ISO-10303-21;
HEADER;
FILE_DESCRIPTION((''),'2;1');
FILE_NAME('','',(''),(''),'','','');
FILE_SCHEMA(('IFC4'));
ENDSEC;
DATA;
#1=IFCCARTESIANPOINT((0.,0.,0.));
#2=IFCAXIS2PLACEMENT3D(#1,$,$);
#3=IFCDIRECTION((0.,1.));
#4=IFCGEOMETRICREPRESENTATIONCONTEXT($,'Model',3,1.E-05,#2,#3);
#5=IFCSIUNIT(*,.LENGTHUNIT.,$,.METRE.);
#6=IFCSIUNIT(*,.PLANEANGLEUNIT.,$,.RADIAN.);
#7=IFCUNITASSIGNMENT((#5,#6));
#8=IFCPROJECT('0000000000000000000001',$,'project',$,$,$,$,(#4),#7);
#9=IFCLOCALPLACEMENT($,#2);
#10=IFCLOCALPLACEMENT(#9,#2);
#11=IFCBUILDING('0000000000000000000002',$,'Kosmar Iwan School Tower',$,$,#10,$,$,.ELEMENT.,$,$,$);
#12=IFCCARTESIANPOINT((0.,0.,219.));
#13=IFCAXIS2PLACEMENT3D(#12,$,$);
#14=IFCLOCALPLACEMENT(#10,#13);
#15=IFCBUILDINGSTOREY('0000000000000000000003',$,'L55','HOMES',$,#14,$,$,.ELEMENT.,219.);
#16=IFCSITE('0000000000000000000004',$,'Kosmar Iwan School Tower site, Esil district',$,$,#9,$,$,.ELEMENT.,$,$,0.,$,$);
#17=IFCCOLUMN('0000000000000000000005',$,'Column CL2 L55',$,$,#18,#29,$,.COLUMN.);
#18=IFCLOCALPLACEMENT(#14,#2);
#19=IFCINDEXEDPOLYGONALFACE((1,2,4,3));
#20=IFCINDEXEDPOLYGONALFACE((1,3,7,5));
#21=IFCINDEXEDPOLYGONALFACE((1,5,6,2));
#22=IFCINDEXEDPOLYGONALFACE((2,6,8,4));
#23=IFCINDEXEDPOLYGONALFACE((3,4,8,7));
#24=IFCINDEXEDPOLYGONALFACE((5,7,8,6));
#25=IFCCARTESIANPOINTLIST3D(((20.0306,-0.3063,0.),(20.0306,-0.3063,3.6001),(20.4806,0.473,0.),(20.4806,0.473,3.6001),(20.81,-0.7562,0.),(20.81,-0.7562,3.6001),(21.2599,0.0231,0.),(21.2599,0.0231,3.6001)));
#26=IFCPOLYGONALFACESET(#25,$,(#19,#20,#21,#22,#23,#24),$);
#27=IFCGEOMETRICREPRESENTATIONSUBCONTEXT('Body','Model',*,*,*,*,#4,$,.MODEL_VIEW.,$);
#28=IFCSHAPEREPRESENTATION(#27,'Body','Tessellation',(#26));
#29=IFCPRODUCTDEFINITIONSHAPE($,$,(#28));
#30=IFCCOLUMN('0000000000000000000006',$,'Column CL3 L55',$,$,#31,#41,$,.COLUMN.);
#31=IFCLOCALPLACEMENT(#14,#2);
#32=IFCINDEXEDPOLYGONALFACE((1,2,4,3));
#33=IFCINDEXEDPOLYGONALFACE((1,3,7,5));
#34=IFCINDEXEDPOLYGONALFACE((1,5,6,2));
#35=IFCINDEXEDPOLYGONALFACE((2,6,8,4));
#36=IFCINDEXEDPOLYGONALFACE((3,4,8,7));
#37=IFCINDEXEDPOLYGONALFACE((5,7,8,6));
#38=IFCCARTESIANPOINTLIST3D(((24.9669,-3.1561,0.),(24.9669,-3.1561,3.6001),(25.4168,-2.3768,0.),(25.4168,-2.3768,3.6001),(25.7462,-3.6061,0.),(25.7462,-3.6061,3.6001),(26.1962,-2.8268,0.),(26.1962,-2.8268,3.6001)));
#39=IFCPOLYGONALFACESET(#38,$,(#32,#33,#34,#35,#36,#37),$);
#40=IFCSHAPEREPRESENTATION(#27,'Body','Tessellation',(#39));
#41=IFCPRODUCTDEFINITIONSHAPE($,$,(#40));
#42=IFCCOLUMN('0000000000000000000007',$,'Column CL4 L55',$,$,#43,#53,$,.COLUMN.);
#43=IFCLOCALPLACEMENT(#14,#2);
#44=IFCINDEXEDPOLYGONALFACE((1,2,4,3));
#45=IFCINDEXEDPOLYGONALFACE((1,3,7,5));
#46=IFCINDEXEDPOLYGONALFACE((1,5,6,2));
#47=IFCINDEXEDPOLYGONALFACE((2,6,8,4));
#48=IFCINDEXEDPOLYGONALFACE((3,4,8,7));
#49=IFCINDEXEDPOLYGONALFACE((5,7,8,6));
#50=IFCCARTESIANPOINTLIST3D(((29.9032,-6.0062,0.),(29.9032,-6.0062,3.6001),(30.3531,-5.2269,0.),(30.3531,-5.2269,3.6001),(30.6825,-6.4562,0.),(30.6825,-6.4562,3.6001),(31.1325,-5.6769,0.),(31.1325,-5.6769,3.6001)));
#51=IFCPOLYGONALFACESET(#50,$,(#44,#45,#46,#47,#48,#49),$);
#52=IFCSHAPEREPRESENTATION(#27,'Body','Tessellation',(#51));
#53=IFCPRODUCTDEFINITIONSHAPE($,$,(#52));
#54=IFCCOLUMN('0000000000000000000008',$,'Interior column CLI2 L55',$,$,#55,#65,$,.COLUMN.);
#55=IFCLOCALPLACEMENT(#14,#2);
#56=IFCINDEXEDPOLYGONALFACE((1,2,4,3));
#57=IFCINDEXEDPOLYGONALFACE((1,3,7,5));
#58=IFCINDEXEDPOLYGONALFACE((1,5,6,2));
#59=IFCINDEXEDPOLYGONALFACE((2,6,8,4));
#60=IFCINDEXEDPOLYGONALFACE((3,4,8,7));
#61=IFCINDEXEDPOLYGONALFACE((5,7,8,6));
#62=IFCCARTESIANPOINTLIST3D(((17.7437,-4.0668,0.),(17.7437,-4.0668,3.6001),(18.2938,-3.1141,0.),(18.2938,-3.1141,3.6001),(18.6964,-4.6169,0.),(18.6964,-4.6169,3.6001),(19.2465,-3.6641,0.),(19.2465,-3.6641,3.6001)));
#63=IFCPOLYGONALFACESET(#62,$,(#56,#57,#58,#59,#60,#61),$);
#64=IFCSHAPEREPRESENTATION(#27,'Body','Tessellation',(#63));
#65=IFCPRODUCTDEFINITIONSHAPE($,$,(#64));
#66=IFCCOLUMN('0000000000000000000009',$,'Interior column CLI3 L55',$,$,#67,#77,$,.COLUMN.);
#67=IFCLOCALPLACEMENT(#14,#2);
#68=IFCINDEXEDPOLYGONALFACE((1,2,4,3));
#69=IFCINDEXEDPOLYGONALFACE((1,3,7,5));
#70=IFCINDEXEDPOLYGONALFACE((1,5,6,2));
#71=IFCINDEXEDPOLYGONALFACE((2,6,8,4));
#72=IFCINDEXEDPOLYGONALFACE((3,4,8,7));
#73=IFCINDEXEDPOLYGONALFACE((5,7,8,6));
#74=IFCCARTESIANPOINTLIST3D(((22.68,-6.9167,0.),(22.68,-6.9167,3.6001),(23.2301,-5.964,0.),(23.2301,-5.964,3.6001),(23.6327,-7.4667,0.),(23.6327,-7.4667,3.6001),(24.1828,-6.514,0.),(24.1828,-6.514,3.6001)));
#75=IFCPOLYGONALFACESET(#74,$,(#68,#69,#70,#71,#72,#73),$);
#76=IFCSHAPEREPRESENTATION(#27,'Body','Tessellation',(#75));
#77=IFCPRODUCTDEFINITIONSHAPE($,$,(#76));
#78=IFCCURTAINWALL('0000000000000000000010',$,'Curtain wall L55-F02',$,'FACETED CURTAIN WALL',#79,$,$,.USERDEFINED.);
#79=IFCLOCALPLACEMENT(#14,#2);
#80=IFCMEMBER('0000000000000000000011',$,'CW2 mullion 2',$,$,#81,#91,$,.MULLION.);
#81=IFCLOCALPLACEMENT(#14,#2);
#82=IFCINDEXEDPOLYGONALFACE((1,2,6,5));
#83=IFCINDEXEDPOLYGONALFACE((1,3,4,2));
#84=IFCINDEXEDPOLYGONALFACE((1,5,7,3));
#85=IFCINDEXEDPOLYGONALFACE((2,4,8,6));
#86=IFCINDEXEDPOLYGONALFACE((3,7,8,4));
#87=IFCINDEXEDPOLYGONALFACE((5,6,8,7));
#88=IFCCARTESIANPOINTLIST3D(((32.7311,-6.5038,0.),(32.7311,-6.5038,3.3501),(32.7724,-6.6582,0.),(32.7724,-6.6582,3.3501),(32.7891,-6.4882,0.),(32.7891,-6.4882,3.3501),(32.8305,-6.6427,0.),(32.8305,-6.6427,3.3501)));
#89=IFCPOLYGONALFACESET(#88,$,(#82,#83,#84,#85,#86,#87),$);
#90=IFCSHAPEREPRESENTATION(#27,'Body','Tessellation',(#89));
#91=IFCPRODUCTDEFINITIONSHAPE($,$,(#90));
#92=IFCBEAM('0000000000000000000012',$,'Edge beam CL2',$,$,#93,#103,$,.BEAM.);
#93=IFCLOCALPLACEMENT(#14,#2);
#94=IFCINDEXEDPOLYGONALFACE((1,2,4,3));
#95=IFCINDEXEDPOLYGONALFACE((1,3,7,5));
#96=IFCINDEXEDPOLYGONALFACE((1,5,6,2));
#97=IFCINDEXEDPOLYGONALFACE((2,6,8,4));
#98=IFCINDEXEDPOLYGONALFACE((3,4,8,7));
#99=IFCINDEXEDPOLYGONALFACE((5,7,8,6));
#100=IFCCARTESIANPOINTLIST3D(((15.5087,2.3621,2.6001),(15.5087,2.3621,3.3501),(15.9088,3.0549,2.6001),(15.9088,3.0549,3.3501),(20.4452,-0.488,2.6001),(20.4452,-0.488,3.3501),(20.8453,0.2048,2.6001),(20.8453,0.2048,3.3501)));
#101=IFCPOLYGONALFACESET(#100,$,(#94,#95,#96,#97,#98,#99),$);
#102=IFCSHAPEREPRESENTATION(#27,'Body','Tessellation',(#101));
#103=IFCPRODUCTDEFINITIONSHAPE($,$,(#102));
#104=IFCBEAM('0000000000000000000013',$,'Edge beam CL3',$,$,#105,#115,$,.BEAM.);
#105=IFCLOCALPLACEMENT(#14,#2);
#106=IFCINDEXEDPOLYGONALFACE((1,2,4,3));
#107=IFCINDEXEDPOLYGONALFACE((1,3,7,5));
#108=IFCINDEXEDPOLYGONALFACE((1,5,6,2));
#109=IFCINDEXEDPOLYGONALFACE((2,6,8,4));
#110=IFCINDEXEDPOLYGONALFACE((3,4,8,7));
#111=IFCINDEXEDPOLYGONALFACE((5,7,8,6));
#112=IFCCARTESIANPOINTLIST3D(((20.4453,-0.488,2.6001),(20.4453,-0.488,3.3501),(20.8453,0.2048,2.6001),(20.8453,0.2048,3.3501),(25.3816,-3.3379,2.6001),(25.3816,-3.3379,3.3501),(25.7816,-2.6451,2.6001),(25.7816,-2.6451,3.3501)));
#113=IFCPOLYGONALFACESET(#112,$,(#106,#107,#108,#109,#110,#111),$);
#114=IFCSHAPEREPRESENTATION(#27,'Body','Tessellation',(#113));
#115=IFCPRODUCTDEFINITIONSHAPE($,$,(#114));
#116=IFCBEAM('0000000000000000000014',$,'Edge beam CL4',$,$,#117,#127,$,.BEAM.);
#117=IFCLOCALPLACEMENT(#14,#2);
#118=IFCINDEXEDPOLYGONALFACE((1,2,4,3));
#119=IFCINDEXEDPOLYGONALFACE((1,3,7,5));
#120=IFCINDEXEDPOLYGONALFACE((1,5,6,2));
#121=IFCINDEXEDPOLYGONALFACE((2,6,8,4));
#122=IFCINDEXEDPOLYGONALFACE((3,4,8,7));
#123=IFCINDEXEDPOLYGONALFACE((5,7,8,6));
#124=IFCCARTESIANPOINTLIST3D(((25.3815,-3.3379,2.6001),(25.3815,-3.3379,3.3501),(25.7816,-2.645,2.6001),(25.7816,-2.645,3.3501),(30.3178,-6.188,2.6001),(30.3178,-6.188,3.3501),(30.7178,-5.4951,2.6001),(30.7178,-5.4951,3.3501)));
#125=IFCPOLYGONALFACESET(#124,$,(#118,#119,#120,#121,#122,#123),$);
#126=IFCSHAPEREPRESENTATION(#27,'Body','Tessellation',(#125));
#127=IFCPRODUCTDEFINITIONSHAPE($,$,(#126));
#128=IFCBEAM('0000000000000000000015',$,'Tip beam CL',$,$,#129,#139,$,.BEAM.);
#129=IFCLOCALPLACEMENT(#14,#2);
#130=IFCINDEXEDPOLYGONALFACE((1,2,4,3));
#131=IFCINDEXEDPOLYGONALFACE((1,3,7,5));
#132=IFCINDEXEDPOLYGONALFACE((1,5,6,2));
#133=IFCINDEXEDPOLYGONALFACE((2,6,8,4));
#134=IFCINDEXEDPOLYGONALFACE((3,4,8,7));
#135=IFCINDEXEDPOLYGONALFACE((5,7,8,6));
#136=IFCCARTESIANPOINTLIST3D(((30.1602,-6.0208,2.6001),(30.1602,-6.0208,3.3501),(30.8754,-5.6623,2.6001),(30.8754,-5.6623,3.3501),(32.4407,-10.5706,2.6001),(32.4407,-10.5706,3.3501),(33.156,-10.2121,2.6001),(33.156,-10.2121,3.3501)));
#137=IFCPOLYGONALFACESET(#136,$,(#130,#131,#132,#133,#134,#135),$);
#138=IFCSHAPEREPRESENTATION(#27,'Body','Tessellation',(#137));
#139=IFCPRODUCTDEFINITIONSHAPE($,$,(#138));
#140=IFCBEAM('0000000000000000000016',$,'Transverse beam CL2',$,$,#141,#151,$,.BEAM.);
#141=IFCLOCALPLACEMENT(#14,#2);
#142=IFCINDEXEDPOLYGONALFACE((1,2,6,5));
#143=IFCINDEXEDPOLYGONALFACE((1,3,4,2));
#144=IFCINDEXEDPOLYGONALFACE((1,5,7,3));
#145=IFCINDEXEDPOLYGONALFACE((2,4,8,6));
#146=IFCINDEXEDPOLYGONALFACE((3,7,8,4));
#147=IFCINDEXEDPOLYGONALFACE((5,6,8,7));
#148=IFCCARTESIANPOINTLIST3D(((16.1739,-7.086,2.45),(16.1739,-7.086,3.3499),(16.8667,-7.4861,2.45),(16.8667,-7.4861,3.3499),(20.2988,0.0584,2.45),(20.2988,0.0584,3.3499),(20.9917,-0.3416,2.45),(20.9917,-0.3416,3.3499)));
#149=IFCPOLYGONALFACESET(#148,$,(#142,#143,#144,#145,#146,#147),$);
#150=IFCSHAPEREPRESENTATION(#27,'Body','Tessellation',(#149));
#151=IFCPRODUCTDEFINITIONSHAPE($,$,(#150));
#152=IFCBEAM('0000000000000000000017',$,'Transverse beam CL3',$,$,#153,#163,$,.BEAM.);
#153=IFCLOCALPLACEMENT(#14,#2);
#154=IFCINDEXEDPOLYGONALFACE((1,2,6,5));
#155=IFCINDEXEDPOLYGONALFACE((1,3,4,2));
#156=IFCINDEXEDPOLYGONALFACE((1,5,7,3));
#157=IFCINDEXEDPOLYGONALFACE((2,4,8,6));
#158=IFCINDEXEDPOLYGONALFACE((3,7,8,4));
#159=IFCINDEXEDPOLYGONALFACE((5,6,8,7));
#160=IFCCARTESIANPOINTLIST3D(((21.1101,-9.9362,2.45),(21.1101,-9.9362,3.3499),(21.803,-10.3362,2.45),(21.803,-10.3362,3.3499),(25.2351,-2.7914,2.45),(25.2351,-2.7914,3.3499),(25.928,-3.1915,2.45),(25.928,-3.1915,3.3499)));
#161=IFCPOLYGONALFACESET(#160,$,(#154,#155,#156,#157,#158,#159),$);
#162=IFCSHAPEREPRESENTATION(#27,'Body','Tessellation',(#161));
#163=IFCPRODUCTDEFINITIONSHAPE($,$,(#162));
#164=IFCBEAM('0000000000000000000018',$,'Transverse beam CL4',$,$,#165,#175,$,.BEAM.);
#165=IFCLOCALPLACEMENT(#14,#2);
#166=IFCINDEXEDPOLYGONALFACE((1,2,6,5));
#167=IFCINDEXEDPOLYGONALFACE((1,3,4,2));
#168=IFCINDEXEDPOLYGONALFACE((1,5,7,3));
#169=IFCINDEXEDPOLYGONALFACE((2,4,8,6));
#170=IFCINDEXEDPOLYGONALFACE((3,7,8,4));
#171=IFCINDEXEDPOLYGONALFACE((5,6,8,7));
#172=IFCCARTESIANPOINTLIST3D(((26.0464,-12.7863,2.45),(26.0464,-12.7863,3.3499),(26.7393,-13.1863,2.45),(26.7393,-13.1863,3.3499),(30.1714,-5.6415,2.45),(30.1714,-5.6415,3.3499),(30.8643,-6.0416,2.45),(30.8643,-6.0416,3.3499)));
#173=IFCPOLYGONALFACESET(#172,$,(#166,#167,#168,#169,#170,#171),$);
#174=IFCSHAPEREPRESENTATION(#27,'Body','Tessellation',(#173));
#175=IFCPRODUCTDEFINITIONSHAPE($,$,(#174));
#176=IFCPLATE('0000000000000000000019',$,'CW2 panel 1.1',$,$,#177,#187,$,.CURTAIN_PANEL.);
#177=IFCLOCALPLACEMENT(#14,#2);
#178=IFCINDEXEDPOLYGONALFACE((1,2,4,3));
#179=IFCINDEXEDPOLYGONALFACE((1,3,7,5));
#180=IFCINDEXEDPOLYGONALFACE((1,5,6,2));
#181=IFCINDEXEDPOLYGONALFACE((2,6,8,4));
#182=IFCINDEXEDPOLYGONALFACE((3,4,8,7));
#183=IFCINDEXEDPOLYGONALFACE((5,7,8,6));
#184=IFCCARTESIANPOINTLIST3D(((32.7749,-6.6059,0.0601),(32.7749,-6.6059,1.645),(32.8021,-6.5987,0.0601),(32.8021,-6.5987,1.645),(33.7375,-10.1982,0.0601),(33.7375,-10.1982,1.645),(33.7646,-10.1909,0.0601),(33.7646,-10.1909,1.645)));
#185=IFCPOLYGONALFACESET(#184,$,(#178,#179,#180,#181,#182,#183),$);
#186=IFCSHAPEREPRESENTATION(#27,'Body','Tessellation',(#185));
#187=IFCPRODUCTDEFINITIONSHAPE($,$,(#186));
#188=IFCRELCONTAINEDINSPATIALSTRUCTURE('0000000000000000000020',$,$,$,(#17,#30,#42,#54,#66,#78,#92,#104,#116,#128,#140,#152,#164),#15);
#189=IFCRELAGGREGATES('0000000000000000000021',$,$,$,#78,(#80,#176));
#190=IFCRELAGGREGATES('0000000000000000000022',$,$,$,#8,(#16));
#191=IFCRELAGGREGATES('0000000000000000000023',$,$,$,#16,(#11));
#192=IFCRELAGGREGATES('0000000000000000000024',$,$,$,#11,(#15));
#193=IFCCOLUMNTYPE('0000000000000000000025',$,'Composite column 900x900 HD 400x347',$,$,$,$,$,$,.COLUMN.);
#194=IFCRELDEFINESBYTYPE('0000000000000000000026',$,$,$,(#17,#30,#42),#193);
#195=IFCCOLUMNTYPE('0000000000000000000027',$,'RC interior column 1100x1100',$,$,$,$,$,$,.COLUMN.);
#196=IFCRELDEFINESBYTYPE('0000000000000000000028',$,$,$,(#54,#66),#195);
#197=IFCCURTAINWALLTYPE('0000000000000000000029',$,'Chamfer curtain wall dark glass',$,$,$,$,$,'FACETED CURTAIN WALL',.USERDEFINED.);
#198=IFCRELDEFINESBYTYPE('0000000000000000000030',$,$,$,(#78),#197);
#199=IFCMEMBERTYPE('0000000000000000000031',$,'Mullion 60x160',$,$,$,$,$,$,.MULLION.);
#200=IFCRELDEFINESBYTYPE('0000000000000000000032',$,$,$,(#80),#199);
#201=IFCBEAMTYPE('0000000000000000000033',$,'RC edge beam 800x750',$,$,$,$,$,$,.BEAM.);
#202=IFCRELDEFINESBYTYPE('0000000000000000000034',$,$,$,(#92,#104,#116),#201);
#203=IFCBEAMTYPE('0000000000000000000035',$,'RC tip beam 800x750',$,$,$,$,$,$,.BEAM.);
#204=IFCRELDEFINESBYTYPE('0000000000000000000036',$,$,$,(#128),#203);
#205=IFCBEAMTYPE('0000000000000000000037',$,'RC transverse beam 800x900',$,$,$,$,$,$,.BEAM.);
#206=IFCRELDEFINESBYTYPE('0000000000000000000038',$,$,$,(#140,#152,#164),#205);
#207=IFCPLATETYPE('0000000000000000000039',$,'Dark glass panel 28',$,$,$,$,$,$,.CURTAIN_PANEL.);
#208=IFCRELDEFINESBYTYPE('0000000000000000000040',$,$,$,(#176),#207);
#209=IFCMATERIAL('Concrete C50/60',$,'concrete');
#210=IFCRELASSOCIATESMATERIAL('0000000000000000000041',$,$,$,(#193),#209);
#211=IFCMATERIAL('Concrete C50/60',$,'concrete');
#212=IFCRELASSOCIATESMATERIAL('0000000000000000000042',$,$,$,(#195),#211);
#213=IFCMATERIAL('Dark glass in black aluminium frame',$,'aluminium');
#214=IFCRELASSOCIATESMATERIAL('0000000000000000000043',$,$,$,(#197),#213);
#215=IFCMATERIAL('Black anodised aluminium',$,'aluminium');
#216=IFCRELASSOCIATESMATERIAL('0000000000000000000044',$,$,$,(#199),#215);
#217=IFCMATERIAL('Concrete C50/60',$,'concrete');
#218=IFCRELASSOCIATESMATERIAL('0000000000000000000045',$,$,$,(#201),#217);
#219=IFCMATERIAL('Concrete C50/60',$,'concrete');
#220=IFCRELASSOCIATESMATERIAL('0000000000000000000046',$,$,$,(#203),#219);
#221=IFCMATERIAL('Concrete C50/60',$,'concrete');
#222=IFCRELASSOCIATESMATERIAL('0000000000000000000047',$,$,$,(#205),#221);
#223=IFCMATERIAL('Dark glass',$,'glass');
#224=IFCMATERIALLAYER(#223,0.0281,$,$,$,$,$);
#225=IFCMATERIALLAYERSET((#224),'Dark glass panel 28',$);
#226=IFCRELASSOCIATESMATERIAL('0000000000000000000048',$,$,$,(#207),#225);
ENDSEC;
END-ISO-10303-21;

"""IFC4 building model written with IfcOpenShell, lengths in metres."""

from ifc_helpers import new_model, si_unit, direction, frame, origin, origin_2d, place, context, subcontext, project, spatial, rectangle, extrude, material, layer, layer_set, material_profile, profile_set, type_object, element, aggregate, save


model = new_model("IFC4")

# Units and contexts
model_context = context("Model", 3, precision=1e-05, world=origin(), true_north=direction((0.0, 1.0)))
body_context = subcontext(model_context, "Body", "Model", "MODEL_VIEW")
ifc_project = project(units=[si_unit("LENGTHUNIT", "METRE"), si_unit("PLANEANGLEUNIT", "RADIAN")], contexts=[model_context])

# Site, building, storey
site_placement = place(None, origin())
site = spatial("IfcSite", under=ifc_project, at=site_placement, Name="Kosmar Iwan School Tower site, Esil district", CompositionType="ELEMENT", RefElevation=0.0)
building_placement = place(site_placement, origin())
building = spatial("IfcBuilding", under=site, at=building_placement, Name="Kosmar Iwan School Tower", CompositionType="ELEMENT")
storey_placement = place(building_placement, frame((0.0, 0.0, 219.0)))
storey = spatial("IfcBuildingStorey", under=building, at=storey_placement, Name="L55", Description="HOMES", CompositionType="ELEMENT", Elevation=219.0)

# Columns
ifc_material_1 = material(Name="Concrete C50/60", Category="concrete")
ifc_material_profile_1 = material_profile(ifc_material_1, rectangle(XDim=0.8999, YDim=0.8999, at=origin_2d()), Name="RC 900x900 + HD 400x347")
ifc_profile_set_1 = profile_set([ifc_material_profile_1], Name="Concrete C50/60")
column_type_1 = type_object("IfcColumnType", Name="Composite column 900x900 HD 400x347", PredefinedType="COLUMN", material=ifc_profile_set_1)
for number, where, z_axis, x_axis, name in (
    (1, (20.6453, -0.1416, 0.0), (0.0, 0.0, 1.0), (0.866025, -0.5, 0.0), "Column CL2 L55"),
    (2, (25.5815, -2.9915, 0.0), (0.0, 0.0, 1.0), (0.866025, -0.5, 0.0), "Column CL3 L55"),
    (3, (30.5178, -5.8416, 0.0), (0.0, 0.0, 1.0), (0.866025, -0.5, 0.0), "Column CL4 L55"),
):
    element("IfcColumn", number, at=place(storey_placement, frame(where, z_axis=z_axis, x_axis=x_axis)), inside=storey, type_object=column_type_1, Name=name, PredefinedType="COLUMN", context=body_context, shape_type="SweptSolid", body=[
        extrude(rectangle(XDim=0.8999, YDim=0.8999, at=origin_2d()), origin(), (0.0, 0.0, 1.0), 3.6001),
    ])
ifc_material_2 = material(Name="Concrete C50/60", Category="concrete")
ifc_material_profile_2 = material_profile(ifc_material_2, rectangle(XDim=1.1001, YDim=1.1001, at=origin_2d()), Name="RC 1100x1100")
ifc_profile_set_2 = profile_set([ifc_material_profile_2], Name="Concrete C50/60")
column_type_2 = type_object("IfcColumnType", Name="RC interior column 1100x1100", PredefinedType="COLUMN", material=ifc_profile_set_2)
for number, where, z_axis, x_axis, name in (
    (4, (18.4951, -3.8655, 0.0), (0.0, 0.0, 1.0), (0.866025, -0.5, 0.0), "Interior column CLI2 L55"),
    (5, (23.4314, -6.7153, 0.0), (0.0, 0.0, 1.0), (0.866025, -0.5, 0.0), "Interior column CLI3 L55"),
):
    element("IfcColumn", number, at=place(storey_placement, frame(where, z_axis=z_axis, x_axis=x_axis)), inside=storey, type_object=column_type_2, Name=name, PredefinedType="COLUMN", context=body_context, shape_type="SweptSolid", body=[
        extrude(rectangle(XDim=1.1001, YDim=1.1001, at=origin_2d()), origin(), (0.0, 0.0, 1.0), 3.6001),
    ])

# Curtain wall, member
ifc_material_3 = material(Name="Dark glass in black aluminium frame", Category="aluminium")
curtain_wall_type = type_object("IfcCurtainWallType", Name="Chamfer curtain wall dark glass", ElementType="FACETED CURTAIN WALL", PredefinedType="USERDEFINED", material=ifc_material_3)
curtain_wall_placement = place(storey_placement, origin())
curtain_wall = element("IfcCurtainWall", 6, at=curtain_wall_placement, inside=storey, type_object=curtain_wall_type, Name="Curtain wall L55-F02", ObjectType="FACETED CURTAIN WALL", PredefinedType="USERDEFINED")
ifc_material_4 = material(Name="Black anodised aluminium", Category="aluminium")
ifc_material_profile_3 = material_profile(ifc_material_4, rectangle(XDim=0.0601, YDim=0.1599, at=origin_2d()), Name="MULLION 60x160")
ifc_profile_set_3 = profile_set([ifc_material_profile_3], Name="Black anodised aluminium")
member_type = type_object("IfcMemberType", Name="Mullion 60x160", PredefinedType="MULLION", material=ifc_profile_set_3)
member_placement = place(storey_placement, frame((32.7808, -6.5732, 0.0), z_axis=(0.0, 0.0, 1.0), x_axis=(-0.965926, -0.258819, 0.0)))
member = element("IfcMember", 7, at=member_placement, type_object=member_type, Name="CW2 mullion 2", PredefinedType="MULLION", context=body_context, shape_type="SweptSolid", body=[
    extrude(rectangle(XDim=0.0601, YDim=0.1599, at=origin_2d()), origin(), (0.0, 0.0, 1.0), 3.3501),
])

# Beams
ifc_material_5 = material(Name="Concrete C50/60", Category="concrete")
ifc_material_profile_4 = material_profile(ifc_material_5, rectangle(XDim=0.8, YDim=0.75, at=origin_2d()), Name="RC 800x750")
ifc_profile_set_4 = profile_set([ifc_material_profile_4], Name="Concrete C50/60")
beam_type_1 = type_object("IfcBeamType", Name="RC edge beam 800x750", PredefinedType="BEAM", material=ifc_profile_set_4)
beam_1_placement = place(storey_placement, frame((15.7087, 2.7085, 2.9751), z_axis=(0.866026, -0.499999, 0.0), x_axis=(0.499999, 0.866026, 0.0)))
element("IfcBeam", 8, at=beam_1_placement, inside=storey, type_object=beam_type_1, Name="Edge beam CL2", PredefinedType="BEAM", context=body_context, shape_type="SweptSolid", body=[
    extrude(rectangle(XDim=0.8, YDim=0.75, at=origin_2d()), origin(), (0.0, 0.0, 1.0), 5.7002),
])
for number, where, z_axis, x_axis, name in (
    (9, (20.6453, -0.1416, 2.9751), (0.866034, -0.499986, 0.0), (0.499986, 0.866034, 0.0), "Edge beam CL3"),
    (10, (25.5815, -2.9915, 2.9751), (0.866015, -0.500018, 0.0), (0.500018, 0.866015, 0.0), "Edge beam CL4"),
):
    element("IfcBeam", number, at=place(storey_placement, frame(where, z_axis=z_axis, x_axis=x_axis)), inside=storey, type_object=beam_type_1, Name=name, PredefinedType="BEAM", context=body_context, shape_type="SweptSolid", body=[
        extrude(rectangle(XDim=0.8, YDim=0.75, at=origin_2d()), origin(), (0.0, 0.0, 1.0), 5.7),
    ])
ifc_material_6 = material(Name="Concrete C50/60", Category="concrete")
ifc_material_profile_5 = material_profile(ifc_material_6, rectangle(XDim=0.8, YDim=0.75, at=origin_2d()), Name="RC 800x750")
ifc_profile_set_5 = profile_set([ifc_material_profile_5], Name="Concrete C50/60")
beam_type_2 = type_object("IfcBeamType", Name="RC tip beam 800x750", PredefinedType="BEAM", material=ifc_profile_set_5)
beam_2_placement = place(storey_placement, frame((30.5178, -5.8416, 2.9751), z_axis=(0.448096, -0.893985, 0.0), x_axis=(0.893985, 0.448096, 0.0)))
element("IfcBeam", 11, at=beam_2_placement, inside=storey, type_object=beam_type_2, Name="Tip beam CL", PredefinedType="BEAM", context=body_context, shape_type="SweptSolid", body=[
    extrude(rectangle(XDim=0.8, YDim=0.75, at=origin_2d()), origin(), (0.0, 0.0, 1.0), 5.0894),
])
ifc_material_7 = material(Name="Concrete C50/60", Category="concrete")
ifc_material_profile_6 = material_profile(ifc_material_7, rectangle(XDim=0.8, YDim=0.8999, at=origin_2d()), Name="RC 800x900")
ifc_profile_set_6 = profile_set([ifc_material_profile_6], Name="Concrete C50/60")
beam_type_3 = type_object("IfcBeamType", Name="RC transverse beam 800x900", PredefinedType="BEAM", material=ifc_profile_set_6)
beam_3_placement = place(storey_placement, frame((20.6453, -0.1416, 2.8999), z_axis=(-0.500009, -0.86602, 0.0), x_axis=(0.86602, -0.500009, 0.0)))
element("IfcBeam", 12, at=beam_3_placement, inside=storey, type_object=beam_type_3, Name="Transverse beam CL2", PredefinedType="BEAM", context=body_context, shape_type="SweptSolid", body=[
    extrude(rectangle(XDim=0.8, YDim=0.8999, at=origin_2d()), origin(), (0.0, 0.0, 1.0), 8.2498),
])
for number, where, z_axis, x_axis, name in (
    (13, (25.5815, -2.9915, 2.8999), (-0.499997, -0.866027, 0.0), (0.866027, -0.499997, 0.0), "Transverse beam CL3"),
    (14, (30.5178, -5.8416, 2.8999), (-0.499997, -0.866027, 0.0), (0.866027, -0.499997, 0.0), "Transverse beam CL4"),
):
    element("IfcBeam", number, at=place(storey_placement, frame(where, z_axis=z_axis, x_axis=x_axis)), inside=storey, type_object=beam_type_3, Name=name, PredefinedType="BEAM", context=body_context, shape_type="SweptSolid", body=[
        extrude(rectangle(XDim=0.8, YDim=0.8999, at=origin_2d()), origin(), (0.0, 0.0, 1.0), 8.25),
    ])

# Plate
ifc_material_8 = material(Name="Dark glass", Category="glass")
ifc_layer_1 = layer(ifc_material_8, 0.0281)
ifc_layer_set_1 = layer_set([ifc_layer_1], Name="Dark glass panel 28")
plate_type = type_object("IfcPlateType", Name="Dark glass panel 28", PredefinedType="CURTAIN_PANEL", material=ifc_layer_set_1)
plate_1_placement = place(storey_placement, frame((33.2698, -8.3984, 0.0601), z_axis=(0.0, 0.0, 1.0), x_axis=(-0.258819, 0.965926, 0.0)))
plate_1 = element("IfcPlate", 15, at=plate_1_placement, type_object=plate_type, Name="CW2 panel 1.1", PredefinedType="CURTAIN_PANEL", context=body_context, shape_type="SweptSolid", body=[
    extrude(rectangle(XDim=3.719, YDim=0.0281, at=origin_2d()), origin(), (0.0, 0.0, 1.0), 1.585),
])
aggregate(curtain_wall, [member, plate_1])

save(model, "model.ifc")
